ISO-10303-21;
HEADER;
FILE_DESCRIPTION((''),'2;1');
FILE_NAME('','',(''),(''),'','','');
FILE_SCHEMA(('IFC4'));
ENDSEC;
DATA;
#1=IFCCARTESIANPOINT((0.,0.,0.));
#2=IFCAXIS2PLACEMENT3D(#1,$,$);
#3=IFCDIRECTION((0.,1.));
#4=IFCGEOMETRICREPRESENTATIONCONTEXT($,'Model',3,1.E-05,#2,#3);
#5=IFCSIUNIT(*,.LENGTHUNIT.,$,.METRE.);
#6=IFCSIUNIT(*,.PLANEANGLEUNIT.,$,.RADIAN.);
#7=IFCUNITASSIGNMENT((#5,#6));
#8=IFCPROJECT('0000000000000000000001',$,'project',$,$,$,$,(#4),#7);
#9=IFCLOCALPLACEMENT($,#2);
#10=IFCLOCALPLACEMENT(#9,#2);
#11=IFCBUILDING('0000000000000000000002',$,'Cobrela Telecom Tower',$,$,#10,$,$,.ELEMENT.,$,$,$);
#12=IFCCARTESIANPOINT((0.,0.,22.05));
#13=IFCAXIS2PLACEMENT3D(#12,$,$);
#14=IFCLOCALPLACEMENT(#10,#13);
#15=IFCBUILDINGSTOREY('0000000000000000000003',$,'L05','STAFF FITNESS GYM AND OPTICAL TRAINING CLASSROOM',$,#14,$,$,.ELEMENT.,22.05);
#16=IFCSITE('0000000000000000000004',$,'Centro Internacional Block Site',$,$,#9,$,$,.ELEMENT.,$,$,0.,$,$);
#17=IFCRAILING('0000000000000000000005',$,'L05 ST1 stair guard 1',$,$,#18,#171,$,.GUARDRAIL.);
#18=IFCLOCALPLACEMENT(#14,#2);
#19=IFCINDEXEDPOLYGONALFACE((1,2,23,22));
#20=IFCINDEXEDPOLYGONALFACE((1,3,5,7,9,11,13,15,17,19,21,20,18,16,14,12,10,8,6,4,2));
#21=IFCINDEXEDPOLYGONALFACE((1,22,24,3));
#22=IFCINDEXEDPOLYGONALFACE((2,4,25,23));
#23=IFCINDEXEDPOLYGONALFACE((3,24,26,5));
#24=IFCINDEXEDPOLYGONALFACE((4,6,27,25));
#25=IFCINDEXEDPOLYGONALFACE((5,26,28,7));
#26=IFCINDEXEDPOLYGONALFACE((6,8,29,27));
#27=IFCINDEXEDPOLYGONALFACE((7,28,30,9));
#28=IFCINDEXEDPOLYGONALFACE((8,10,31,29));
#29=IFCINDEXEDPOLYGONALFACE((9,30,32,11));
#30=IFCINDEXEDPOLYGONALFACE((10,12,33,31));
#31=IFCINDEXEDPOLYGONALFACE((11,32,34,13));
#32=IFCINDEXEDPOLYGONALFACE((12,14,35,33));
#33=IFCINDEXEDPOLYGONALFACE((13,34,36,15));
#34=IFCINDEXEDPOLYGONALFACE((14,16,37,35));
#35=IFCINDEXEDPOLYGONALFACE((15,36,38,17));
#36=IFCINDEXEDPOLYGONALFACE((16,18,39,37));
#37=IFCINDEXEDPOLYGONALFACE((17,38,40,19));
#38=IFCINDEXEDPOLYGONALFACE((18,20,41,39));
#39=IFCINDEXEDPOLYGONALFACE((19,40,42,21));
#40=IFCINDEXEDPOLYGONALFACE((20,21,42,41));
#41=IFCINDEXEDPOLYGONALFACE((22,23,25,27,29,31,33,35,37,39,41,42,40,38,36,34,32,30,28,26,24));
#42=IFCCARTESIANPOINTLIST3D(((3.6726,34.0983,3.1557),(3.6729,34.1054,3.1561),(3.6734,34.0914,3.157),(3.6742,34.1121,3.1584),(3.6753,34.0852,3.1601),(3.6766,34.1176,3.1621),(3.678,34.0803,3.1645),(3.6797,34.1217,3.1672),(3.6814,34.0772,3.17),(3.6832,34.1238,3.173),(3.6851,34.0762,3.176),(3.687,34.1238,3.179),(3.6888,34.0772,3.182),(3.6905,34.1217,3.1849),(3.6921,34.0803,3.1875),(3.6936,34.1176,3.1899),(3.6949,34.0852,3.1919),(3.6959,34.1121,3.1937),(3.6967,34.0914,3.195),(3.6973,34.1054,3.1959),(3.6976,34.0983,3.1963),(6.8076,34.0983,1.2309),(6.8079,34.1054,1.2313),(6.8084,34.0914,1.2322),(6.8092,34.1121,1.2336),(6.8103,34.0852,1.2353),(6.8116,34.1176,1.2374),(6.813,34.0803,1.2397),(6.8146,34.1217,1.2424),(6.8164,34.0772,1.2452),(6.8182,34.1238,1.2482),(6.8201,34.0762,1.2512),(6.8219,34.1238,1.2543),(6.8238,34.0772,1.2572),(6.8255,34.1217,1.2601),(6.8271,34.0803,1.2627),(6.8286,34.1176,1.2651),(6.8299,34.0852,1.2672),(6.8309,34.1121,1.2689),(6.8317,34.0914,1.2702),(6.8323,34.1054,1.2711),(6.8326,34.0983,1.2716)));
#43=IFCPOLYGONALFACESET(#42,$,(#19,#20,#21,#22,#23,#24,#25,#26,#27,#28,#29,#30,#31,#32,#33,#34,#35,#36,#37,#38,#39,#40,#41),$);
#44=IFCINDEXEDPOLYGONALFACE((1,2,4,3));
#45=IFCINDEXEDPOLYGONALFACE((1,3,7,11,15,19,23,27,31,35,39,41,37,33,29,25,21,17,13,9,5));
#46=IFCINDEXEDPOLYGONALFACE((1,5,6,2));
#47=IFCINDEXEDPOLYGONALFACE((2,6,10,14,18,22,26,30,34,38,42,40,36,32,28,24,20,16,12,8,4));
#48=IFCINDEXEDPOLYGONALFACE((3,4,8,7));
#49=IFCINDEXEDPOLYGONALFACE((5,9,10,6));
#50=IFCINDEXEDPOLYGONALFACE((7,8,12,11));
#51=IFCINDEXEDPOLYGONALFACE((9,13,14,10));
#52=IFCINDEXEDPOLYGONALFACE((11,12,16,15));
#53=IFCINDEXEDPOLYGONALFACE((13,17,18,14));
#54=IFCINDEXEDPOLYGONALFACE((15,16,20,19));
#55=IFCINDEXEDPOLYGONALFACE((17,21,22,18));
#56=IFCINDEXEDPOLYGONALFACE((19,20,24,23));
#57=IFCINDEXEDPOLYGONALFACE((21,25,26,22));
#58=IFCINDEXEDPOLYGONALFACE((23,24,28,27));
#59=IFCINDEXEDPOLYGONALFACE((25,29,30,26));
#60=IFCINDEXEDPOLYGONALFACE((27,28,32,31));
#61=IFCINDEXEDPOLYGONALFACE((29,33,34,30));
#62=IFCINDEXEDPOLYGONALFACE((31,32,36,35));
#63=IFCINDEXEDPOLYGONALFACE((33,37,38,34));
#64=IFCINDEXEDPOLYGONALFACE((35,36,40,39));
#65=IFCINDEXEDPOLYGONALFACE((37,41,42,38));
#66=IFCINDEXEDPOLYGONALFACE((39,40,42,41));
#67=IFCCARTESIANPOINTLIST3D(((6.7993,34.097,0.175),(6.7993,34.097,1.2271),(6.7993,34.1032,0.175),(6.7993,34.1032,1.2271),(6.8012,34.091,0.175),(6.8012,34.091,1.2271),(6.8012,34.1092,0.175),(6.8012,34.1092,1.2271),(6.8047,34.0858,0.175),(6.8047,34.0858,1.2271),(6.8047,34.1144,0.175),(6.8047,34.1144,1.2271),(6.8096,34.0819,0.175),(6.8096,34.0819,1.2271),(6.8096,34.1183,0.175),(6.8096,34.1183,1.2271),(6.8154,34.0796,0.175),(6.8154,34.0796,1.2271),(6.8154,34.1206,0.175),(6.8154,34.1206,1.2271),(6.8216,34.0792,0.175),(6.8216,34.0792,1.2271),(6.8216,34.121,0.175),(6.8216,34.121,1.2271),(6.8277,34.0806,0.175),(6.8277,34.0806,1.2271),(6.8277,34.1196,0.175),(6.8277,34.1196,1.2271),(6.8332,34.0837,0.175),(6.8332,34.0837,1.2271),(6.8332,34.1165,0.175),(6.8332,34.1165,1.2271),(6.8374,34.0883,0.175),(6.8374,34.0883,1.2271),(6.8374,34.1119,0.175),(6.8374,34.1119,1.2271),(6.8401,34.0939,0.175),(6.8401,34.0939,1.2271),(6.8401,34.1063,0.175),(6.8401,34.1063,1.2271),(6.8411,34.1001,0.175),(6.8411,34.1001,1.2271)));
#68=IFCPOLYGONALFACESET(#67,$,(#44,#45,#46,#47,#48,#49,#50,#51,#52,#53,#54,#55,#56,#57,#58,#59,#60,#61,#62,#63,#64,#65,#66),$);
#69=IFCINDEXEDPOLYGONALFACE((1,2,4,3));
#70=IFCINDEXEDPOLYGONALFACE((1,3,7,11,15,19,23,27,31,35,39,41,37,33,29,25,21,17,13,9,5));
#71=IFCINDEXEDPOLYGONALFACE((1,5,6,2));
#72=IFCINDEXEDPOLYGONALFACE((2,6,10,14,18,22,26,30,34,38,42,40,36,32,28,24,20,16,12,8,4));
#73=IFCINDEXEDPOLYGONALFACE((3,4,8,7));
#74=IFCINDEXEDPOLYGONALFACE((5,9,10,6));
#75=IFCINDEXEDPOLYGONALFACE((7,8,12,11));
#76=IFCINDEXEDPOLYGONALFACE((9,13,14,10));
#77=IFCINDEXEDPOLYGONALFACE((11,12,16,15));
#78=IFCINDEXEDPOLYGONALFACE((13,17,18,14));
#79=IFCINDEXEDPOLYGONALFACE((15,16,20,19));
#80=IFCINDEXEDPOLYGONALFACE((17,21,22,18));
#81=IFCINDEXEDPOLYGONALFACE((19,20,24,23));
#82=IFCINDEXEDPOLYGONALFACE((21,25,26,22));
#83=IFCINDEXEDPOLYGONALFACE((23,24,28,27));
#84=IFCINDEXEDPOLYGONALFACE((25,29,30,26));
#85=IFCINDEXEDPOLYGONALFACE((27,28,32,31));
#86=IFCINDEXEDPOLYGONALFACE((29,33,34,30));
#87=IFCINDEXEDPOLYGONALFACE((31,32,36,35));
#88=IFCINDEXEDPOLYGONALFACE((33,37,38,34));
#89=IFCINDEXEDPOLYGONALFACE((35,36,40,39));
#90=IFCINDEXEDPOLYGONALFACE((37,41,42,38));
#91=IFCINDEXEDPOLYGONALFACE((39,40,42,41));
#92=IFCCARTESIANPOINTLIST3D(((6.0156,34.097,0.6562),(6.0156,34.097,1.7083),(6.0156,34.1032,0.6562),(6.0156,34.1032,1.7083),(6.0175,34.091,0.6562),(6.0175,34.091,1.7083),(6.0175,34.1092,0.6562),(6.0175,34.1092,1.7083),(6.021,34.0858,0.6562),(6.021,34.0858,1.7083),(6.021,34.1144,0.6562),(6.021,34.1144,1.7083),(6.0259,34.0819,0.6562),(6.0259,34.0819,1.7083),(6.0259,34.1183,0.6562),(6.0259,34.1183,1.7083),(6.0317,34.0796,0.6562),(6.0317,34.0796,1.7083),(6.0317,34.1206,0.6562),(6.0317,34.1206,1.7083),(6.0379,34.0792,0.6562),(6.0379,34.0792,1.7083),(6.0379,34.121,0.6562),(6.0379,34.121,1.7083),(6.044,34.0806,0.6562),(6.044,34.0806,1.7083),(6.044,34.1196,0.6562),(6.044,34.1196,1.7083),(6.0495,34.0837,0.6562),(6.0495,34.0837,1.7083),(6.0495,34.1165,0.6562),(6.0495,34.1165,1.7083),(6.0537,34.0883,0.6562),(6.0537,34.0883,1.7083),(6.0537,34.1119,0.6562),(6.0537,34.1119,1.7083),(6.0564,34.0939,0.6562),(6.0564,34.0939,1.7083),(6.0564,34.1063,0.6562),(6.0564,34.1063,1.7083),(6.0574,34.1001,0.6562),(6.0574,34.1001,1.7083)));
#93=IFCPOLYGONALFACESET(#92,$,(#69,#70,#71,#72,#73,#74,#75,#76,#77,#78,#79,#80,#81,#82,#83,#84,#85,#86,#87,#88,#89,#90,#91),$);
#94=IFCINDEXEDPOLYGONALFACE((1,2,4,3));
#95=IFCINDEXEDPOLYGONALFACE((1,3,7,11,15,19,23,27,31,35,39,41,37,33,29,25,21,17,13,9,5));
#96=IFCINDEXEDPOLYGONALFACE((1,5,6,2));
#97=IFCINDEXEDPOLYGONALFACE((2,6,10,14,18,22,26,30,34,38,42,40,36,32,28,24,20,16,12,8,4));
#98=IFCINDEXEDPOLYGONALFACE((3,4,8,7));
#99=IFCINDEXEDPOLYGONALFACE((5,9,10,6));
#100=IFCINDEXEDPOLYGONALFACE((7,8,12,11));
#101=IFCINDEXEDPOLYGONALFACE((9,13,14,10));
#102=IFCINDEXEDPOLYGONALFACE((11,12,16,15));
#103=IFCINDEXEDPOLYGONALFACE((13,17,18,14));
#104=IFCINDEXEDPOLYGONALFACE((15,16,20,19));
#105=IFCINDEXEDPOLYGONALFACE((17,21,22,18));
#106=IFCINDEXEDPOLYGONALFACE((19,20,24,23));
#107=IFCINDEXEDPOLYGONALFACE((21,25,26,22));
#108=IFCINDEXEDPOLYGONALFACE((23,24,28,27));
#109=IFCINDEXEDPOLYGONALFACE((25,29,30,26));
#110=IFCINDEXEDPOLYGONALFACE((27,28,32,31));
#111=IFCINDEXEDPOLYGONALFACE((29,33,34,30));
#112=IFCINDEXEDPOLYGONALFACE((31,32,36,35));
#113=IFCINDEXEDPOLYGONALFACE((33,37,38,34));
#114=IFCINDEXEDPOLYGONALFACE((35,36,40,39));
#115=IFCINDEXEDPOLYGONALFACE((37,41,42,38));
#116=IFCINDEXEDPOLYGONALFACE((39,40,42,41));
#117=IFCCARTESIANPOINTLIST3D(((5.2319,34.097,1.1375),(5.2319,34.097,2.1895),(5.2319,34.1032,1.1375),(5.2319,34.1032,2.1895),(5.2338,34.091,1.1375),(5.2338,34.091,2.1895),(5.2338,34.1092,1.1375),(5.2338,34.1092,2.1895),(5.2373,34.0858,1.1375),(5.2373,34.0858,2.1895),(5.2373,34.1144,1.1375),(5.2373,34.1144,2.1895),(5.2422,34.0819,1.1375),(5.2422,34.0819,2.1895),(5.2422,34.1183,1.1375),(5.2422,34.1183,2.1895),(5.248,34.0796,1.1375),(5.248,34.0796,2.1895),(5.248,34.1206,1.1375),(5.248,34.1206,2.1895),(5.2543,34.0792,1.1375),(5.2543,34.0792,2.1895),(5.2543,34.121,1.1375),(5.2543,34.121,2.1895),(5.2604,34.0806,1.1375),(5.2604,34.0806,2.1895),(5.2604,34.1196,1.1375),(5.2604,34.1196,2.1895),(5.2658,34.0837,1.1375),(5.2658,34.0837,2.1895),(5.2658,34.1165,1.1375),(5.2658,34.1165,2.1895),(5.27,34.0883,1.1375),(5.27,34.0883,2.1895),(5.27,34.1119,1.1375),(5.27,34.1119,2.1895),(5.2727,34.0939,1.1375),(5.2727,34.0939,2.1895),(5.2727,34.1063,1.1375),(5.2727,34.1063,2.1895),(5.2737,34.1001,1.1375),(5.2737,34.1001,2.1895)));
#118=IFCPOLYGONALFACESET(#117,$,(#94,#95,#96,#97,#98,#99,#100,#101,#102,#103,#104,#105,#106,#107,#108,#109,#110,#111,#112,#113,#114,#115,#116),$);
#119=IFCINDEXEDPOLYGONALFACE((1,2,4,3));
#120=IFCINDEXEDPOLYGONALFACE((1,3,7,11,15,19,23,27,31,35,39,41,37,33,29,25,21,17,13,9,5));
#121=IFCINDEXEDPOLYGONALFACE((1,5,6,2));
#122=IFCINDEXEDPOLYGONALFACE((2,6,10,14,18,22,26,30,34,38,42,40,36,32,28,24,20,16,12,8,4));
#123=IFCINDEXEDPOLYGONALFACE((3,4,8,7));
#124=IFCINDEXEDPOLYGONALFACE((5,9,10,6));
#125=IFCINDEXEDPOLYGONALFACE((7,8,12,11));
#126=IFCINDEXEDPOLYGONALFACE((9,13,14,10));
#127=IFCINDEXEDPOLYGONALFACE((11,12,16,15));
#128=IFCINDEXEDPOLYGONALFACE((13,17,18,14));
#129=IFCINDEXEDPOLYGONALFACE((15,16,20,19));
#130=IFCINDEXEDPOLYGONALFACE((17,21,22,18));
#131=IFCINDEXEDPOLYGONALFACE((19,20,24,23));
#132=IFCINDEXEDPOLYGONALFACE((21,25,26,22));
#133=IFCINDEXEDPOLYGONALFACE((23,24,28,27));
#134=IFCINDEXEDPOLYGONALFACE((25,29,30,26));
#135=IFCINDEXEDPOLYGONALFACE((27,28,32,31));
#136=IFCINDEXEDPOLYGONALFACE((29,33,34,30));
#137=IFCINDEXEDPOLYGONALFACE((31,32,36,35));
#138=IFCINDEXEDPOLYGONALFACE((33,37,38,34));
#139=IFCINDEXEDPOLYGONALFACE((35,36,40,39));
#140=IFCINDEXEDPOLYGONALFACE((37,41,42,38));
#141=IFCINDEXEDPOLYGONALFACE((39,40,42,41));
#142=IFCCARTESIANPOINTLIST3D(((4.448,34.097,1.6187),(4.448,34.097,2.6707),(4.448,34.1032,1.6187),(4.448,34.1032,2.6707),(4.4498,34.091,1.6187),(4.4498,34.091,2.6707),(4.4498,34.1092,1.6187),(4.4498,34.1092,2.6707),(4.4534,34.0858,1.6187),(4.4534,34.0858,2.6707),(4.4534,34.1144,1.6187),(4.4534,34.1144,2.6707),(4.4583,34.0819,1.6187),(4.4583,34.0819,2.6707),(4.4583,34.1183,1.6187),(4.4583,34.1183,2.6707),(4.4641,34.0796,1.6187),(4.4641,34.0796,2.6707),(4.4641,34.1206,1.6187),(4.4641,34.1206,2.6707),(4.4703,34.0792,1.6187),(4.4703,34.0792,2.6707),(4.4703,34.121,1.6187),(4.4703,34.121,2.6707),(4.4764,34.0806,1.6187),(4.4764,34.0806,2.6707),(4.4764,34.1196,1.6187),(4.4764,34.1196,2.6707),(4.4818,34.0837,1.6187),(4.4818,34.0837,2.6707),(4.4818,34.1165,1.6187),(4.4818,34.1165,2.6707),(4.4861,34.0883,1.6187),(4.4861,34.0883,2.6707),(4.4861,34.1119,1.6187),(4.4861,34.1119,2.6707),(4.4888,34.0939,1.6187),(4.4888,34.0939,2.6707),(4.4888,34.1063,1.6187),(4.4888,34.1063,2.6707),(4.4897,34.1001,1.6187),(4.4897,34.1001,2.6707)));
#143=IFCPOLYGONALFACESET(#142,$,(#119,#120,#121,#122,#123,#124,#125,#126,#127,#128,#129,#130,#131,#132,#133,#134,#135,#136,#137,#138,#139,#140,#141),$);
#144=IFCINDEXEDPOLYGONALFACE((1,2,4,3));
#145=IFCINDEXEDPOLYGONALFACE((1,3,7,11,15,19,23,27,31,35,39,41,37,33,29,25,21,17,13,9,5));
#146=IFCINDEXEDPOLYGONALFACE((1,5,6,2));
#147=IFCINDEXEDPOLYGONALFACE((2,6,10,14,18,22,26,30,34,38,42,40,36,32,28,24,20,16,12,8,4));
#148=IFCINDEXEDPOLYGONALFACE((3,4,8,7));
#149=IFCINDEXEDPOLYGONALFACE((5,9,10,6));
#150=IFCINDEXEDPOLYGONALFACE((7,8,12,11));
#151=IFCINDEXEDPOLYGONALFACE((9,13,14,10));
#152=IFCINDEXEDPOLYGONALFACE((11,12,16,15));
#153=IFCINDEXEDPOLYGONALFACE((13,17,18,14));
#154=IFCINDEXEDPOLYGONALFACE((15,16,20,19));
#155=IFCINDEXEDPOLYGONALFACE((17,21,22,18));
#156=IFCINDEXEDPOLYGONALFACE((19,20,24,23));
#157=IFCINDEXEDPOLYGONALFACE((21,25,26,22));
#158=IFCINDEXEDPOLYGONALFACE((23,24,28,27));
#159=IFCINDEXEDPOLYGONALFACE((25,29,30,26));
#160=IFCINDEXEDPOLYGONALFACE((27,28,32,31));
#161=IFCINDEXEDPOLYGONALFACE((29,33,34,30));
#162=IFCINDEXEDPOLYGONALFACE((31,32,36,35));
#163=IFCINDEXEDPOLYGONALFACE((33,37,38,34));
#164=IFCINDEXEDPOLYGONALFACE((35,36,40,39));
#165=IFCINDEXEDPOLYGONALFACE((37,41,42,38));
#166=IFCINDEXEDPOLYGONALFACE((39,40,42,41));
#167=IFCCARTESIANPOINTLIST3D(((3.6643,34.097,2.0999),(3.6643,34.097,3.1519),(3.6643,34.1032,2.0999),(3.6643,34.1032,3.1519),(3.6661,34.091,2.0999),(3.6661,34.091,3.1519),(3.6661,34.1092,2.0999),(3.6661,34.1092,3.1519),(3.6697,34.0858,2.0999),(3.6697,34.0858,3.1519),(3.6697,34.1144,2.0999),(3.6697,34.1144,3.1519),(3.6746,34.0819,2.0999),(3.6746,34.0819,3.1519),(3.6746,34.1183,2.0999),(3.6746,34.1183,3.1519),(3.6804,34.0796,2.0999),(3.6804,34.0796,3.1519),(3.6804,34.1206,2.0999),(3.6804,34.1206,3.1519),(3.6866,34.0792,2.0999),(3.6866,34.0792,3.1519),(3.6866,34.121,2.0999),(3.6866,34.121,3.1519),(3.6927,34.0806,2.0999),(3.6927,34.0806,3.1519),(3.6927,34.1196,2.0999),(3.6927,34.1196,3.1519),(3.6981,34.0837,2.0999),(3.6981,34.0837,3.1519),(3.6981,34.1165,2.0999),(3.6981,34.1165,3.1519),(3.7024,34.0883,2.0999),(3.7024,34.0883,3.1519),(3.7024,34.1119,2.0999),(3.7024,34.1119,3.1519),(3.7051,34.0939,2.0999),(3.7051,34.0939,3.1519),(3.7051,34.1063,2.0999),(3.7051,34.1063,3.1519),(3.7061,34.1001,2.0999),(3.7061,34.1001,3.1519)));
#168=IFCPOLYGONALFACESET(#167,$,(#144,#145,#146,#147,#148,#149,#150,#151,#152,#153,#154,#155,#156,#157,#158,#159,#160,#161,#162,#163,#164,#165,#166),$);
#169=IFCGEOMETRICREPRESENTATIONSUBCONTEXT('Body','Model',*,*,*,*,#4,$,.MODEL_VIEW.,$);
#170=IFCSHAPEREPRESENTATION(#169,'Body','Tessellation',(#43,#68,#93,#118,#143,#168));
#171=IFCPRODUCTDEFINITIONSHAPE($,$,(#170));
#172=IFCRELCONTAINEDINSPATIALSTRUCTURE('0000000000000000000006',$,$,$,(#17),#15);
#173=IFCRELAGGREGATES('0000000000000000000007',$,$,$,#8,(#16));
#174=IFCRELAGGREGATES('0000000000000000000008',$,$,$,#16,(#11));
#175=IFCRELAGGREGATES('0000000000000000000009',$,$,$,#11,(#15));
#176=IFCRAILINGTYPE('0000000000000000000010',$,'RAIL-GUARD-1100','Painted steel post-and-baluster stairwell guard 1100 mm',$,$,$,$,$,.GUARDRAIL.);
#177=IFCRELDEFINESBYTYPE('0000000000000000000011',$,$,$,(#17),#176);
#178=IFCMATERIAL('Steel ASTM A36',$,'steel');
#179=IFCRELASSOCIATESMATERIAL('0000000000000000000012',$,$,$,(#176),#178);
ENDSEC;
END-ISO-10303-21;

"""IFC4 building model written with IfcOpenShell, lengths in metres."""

from ifc_helpers import new_model, si_unit, direction, frame, origin, origin_2d, place, context, subcontext, project, spatial, circle, extrude, material, type_object, element, save


model = new_model("IFC4")

# Units and contexts
model_context = context("Model", 3, precision=1e-05, world=origin(), true_north=direction((0.0, 1.0)))
body_context = subcontext(model_context, "Body", "Model", "MODEL_VIEW")
ifc_project = project(units=[si_unit("LENGTHUNIT", "METRE"), si_unit("PLANEANGLEUNIT", "RADIAN")], contexts=[model_context])

# Site, building, storey
site_placement = place(None, origin())
site = spatial("IfcSite", under=ifc_project, at=site_placement, Name="Centro Internacional Block Site", CompositionType="ELEMENT", RefElevation=0.0)
building_placement = place(site_placement, origin())
building = spatial("IfcBuilding", under=site, at=building_placement, Name="Cobrela Telecom Tower", CompositionType="ELEMENT")
storey_placement = place(building_placement, frame((0.0, 0.0, 22.05)))
storey = spatial("IfcBuildingStorey", under=building, at=storey_placement, Name="L05", Description="STAFF FITNESS GYM AND OPTICAL TRAINING CLASSROOM", CompositionType="ELEMENT", Elevation=22.05)

# Shared definitions
ifc_material_1 = material(Name="Steel ASTM A36", Category="steel")

# Railing
railing_type_1 = type_object("IfcRailingType", Name="RAIL-GUARD-1100", Description="Painted steel post-and-baluster stairwell guard 1100 mm", PredefinedType="GUARDRAIL", material=ifc_material_1)
railing_1_placement = place(storey_placement, frame((6.8201, 34.1001, 0.175)))
element("IfcRailing", 1, at=railing_1_placement, inside=storey, type_object=railing_type_1, Name="L05 ST1 stair guard 1", PredefinedType="GUARDRAIL", context=body_context, shape_type="SweptSolid", body=[
    extrude(circle(Radius=0.0239, at=origin_2d()), frame((0.0, 0.0, 1.0762), z_axis=(-0.852196, 0.0, 0.523223), x_axis=(0.0, -1.0, 0.0)), (0.0, 0.0, 1.0), 3.6787),
    extrude(circle(Radius=0.021, at=origin_2d()), origin(), (0.0, 0.0, 1.0), 1.052),
    extrude(circle(Radius=0.021, at=origin_2d()), frame((-0.7837, 0.0, 0.4812)), (0.0, 0.0, 1.0), 1.052),
    extrude(circle(Radius=0.021, at=origin_2d()), frame((-1.5674, 0.0, 0.9624)), (0.0, 0.0, 1.0), 1.052),
    extrude(circle(Radius=0.021, at=origin_2d()), frame((-2.3513, 0.0, 1.4436)), (0.0, 0.0, 1.0), 1.052),
    extrude(circle(Radius=0.021, at=origin_2d()), frame((-3.135, 0.0, 1.9248)), (0.0, 0.0, 1.0), 1.052),
])

save(model, "model.ifc")
